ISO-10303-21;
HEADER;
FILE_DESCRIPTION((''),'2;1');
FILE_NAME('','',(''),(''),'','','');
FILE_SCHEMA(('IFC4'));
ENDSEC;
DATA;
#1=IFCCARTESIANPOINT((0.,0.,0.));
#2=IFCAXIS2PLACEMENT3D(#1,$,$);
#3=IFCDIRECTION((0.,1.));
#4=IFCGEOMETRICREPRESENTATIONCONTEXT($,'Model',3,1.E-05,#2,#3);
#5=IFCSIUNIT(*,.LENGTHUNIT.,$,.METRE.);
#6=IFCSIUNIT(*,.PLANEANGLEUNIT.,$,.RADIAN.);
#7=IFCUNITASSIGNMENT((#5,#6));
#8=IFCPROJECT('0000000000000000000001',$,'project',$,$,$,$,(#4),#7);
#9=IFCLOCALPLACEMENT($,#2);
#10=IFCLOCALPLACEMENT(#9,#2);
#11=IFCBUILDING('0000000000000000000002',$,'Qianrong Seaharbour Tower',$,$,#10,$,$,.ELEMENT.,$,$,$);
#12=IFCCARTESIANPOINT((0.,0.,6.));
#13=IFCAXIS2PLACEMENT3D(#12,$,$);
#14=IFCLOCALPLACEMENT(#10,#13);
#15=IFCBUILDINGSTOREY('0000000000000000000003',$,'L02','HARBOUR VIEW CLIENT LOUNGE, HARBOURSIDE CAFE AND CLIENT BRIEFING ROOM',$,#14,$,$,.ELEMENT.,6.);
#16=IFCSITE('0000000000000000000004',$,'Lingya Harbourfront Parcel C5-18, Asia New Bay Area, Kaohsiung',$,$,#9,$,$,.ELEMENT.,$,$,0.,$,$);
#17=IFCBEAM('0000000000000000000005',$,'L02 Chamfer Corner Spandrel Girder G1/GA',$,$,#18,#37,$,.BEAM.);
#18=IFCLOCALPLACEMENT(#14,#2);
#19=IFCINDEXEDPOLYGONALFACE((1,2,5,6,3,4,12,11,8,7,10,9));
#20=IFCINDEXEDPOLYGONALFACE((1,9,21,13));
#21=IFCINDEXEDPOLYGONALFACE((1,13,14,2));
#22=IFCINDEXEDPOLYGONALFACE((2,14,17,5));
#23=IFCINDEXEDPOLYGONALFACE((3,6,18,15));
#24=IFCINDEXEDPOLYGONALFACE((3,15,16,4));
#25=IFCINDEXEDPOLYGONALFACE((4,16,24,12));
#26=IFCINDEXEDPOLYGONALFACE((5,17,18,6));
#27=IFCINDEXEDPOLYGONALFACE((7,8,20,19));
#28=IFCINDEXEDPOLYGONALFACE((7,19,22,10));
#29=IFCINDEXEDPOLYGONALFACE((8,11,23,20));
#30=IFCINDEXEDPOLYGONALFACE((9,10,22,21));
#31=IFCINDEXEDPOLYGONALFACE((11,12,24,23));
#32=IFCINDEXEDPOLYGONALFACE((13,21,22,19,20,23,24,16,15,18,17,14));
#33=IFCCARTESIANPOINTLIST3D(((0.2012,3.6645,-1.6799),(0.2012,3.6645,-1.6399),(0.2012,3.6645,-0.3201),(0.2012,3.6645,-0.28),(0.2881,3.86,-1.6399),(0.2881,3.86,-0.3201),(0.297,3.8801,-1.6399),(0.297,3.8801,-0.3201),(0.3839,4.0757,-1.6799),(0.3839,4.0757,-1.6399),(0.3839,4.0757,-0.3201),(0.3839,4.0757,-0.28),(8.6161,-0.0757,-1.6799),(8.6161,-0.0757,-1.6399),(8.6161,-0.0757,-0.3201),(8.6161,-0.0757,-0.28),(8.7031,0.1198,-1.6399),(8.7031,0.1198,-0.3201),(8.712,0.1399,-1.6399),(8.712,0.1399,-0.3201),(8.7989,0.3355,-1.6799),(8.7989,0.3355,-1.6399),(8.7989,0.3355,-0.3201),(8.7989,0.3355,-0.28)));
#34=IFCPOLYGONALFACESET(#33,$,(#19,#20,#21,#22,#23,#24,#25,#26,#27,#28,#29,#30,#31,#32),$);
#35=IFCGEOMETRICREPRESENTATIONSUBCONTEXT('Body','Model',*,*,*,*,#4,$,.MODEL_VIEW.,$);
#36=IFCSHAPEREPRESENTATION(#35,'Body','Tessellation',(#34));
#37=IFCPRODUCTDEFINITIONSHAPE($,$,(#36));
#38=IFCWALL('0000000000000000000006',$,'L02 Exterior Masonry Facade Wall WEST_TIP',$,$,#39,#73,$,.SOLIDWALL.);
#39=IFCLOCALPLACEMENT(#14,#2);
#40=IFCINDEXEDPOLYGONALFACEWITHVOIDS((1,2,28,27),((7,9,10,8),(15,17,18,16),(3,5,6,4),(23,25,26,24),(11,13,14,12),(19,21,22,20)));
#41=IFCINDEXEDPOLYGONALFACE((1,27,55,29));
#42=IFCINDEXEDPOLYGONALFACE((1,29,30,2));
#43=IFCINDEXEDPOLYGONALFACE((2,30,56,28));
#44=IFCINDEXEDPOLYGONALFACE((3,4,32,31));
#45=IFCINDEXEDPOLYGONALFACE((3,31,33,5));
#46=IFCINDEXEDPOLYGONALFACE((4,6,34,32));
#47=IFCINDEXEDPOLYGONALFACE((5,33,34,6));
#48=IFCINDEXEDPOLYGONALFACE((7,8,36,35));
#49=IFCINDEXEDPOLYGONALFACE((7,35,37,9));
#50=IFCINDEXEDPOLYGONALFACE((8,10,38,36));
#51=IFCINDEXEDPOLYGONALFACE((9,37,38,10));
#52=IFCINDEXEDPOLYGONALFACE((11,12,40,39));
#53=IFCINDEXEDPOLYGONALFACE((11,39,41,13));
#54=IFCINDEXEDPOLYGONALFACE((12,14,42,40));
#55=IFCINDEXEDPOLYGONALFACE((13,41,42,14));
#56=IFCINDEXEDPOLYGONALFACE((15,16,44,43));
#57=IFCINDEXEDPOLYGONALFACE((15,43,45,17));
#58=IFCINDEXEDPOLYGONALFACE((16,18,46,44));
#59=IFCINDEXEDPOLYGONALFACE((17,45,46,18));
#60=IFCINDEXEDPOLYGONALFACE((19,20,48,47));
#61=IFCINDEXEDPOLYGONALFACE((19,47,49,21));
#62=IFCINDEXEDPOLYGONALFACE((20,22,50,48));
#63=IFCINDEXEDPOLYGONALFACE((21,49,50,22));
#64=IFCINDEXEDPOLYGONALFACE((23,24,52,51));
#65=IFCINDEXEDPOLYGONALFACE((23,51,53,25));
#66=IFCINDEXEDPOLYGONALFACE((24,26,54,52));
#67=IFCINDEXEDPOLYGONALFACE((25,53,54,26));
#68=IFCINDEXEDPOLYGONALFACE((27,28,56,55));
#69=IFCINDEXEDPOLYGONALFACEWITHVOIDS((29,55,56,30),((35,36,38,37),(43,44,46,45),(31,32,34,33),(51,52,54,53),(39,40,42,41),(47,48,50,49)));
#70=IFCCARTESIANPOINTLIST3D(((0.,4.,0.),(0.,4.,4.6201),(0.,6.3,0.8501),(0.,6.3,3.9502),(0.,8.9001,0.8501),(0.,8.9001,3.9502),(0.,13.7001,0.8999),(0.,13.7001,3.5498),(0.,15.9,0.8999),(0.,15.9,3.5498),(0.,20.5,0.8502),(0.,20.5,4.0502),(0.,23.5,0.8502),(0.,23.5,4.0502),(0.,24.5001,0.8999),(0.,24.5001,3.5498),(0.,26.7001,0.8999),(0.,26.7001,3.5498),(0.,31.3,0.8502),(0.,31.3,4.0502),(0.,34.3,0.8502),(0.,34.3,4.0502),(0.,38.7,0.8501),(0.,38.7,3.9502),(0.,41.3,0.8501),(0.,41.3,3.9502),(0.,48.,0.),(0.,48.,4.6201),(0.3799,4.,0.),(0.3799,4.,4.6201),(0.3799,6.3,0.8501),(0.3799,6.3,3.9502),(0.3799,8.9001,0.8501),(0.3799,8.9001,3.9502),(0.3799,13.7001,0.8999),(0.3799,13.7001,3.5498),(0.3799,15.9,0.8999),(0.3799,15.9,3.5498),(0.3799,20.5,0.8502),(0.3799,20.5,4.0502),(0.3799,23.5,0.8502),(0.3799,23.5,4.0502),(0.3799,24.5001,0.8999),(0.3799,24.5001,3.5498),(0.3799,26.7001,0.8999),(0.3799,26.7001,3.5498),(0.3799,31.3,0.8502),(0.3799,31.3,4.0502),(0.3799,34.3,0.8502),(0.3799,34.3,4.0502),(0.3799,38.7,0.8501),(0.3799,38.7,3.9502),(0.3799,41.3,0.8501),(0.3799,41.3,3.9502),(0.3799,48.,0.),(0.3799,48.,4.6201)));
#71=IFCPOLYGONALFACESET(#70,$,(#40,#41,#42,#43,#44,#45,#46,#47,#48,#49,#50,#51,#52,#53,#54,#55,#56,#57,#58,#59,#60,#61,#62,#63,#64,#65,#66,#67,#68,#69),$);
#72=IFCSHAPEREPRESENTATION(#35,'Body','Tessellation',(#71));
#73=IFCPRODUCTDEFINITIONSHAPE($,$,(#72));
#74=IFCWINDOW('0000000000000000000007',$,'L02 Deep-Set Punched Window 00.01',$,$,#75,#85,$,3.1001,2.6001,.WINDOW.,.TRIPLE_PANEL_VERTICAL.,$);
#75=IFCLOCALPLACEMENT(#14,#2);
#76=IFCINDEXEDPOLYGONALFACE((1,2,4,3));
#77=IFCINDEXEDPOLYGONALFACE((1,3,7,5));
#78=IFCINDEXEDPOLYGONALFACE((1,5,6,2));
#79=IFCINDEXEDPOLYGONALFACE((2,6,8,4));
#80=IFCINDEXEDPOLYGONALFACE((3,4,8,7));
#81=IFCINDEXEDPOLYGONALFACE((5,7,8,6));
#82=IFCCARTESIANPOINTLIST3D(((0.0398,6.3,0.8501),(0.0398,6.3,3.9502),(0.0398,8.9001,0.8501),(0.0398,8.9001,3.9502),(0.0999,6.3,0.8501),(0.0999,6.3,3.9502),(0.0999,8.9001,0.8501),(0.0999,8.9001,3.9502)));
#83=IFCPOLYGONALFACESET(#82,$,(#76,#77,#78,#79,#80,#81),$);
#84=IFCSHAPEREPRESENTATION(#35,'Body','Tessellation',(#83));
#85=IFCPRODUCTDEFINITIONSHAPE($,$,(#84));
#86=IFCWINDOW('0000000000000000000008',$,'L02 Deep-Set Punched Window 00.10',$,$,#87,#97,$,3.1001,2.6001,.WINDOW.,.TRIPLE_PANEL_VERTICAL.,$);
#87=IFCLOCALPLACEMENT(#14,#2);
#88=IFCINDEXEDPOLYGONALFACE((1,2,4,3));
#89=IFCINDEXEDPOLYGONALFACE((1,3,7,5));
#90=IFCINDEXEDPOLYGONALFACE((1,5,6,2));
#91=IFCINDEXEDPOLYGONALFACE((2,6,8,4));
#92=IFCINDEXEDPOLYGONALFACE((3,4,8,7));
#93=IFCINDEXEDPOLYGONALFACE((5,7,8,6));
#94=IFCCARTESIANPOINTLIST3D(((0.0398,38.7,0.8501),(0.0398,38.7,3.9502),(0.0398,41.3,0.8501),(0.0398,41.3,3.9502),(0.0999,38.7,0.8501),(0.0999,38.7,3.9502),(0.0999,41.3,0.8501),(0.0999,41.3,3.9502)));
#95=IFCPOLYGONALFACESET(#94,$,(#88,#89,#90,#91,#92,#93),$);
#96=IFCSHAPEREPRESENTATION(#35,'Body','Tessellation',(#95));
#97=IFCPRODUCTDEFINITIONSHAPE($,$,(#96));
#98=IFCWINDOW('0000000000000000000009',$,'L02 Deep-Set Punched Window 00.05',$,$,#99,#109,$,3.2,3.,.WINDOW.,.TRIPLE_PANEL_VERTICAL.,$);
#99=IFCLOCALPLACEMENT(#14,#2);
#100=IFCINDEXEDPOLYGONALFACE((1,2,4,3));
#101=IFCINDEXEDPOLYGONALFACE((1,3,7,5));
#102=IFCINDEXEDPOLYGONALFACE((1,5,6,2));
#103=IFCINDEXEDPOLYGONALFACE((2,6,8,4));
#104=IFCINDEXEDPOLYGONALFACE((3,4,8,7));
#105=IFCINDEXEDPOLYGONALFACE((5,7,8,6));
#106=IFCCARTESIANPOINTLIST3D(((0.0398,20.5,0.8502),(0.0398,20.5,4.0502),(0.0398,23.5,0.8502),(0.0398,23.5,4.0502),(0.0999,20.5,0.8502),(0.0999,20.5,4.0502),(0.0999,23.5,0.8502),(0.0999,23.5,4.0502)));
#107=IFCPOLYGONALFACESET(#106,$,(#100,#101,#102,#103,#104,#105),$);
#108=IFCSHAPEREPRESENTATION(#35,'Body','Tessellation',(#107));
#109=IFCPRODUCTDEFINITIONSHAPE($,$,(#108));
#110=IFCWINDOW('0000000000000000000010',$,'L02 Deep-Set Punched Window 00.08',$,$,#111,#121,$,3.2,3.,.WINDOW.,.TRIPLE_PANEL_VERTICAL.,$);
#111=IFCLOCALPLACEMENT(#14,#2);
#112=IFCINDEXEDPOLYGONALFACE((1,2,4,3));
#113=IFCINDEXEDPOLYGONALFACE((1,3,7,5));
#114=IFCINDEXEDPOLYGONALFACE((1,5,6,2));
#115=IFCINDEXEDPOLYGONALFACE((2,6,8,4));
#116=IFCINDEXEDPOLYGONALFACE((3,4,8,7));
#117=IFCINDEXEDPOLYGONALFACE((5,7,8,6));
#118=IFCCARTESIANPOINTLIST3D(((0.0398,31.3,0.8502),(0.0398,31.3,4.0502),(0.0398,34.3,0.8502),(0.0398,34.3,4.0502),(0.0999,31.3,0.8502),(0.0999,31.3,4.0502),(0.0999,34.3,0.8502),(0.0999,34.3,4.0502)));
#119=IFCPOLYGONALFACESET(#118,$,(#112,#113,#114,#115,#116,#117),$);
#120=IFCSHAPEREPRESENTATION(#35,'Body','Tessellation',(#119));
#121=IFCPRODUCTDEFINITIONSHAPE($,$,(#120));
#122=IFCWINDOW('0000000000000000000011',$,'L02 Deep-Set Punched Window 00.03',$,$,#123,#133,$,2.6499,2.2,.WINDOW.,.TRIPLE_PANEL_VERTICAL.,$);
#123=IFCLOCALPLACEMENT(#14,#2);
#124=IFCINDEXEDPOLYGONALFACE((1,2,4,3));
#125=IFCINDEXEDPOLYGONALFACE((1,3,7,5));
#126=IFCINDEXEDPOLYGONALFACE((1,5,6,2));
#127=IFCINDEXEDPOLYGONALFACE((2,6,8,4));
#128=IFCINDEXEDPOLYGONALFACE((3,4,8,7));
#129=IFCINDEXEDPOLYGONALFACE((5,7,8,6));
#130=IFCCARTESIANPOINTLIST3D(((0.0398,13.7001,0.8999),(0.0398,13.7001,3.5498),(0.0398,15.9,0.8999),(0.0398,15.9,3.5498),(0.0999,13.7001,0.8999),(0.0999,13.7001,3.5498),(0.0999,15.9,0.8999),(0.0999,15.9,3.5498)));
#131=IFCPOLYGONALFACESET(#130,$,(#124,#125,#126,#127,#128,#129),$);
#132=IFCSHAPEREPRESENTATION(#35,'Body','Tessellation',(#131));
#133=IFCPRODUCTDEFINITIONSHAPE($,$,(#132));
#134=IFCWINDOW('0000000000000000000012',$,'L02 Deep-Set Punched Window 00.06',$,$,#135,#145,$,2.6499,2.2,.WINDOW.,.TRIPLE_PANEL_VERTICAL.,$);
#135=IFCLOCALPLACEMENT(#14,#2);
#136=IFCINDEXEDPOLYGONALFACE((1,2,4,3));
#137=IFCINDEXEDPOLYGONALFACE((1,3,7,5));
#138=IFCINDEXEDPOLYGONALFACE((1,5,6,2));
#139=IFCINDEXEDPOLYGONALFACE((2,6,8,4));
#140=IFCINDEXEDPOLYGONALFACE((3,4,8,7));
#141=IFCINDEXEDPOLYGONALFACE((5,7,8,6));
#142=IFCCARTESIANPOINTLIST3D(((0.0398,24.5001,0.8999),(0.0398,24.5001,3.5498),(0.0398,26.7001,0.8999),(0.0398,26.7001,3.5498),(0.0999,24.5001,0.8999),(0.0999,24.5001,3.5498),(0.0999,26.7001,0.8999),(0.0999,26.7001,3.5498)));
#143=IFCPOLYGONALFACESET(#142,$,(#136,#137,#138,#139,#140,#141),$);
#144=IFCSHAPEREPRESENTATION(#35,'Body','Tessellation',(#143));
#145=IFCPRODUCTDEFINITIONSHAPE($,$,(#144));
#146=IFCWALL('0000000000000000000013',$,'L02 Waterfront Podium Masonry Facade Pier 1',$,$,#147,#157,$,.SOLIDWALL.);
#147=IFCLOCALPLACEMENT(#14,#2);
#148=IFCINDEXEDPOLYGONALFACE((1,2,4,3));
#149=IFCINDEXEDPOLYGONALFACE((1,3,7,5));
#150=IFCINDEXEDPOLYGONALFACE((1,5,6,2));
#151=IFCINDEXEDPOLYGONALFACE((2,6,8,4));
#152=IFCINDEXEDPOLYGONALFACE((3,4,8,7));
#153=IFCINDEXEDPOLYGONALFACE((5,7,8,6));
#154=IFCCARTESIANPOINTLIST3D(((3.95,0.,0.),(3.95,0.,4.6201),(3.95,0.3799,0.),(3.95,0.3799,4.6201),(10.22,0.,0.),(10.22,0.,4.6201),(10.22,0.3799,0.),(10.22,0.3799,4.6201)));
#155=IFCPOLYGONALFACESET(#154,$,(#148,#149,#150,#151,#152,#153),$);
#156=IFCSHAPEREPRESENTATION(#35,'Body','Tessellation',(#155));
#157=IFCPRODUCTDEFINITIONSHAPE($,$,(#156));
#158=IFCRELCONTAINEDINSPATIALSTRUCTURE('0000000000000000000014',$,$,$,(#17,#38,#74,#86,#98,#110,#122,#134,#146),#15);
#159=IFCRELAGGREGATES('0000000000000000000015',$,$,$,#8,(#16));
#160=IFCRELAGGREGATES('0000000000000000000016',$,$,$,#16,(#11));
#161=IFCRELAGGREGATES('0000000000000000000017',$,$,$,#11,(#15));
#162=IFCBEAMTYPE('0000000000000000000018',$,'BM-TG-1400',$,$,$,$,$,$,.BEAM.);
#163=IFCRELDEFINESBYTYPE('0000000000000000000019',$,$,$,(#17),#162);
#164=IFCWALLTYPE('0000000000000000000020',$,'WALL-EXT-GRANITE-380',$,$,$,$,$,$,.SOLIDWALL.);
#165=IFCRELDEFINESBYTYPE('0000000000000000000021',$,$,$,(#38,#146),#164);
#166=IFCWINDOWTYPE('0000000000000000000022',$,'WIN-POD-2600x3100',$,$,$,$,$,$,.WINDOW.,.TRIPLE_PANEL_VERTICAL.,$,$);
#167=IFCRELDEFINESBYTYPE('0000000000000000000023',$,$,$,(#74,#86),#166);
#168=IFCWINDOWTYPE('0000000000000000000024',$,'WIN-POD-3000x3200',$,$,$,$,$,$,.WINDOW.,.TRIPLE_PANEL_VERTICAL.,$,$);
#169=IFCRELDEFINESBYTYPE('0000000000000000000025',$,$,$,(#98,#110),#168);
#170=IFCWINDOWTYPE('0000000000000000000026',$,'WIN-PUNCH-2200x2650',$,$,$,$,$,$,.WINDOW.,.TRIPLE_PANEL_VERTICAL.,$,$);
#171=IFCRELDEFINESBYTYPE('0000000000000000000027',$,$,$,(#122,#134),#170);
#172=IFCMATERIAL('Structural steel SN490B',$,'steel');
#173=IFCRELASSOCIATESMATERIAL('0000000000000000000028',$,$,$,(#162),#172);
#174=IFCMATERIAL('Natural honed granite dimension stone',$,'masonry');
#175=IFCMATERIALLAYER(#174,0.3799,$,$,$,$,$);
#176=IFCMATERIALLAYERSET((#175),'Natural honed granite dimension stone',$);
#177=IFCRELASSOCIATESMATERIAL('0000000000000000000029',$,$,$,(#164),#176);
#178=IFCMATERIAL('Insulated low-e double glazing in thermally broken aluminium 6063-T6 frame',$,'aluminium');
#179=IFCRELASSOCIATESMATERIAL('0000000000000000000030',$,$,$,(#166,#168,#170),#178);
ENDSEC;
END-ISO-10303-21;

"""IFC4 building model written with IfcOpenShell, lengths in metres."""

from ifc_helpers import new_model, si_unit, direction, frame, frame_2d, origin, origin_2d, place, context, subcontext, project, spatial, rectangle, i_section, extrude, material, layer, layer_set, material_profile, profile_set, type_object, element, fill, save


model = new_model("IFC4")

# Units and contexts
model_context = context("Model", 3, precision=1e-05, world=origin(), true_north=direction((0.0, 1.0)))
body_context = subcontext(model_context, "Body", "Model", "MODEL_VIEW")
ifc_project = project(units=[si_unit("LENGTHUNIT", "METRE"), si_unit("PLANEANGLEUNIT", "RADIAN")], contexts=[model_context])

# Site, building, storey
site_placement = place(None, origin())
site = spatial("IfcSite", under=ifc_project, at=site_placement, Name="Lingya Harbourfront Parcel C5-18, Asia New Bay Area, Kaohsiung", CompositionType="ELEMENT", RefElevation=0.0)
building_placement = place(site_placement, origin())
building = spatial("IfcBuilding", under=site, at=building_placement, Name="Qianrong Seaharbour Tower", CompositionType="ELEMENT")
storey_placement = place(building_placement, frame((0.0, 0.0, 6.0)))
storey = spatial("IfcBuildingStorey", under=building, at=storey_placement, Name="L02", Description="HARBOUR VIEW CLIENT LOUNGE, HARBOURSIDE CAFE AND CLIENT BRIEFING ROOM", CompositionType="ELEMENT", Elevation=6.0)

# Shared definitions
ifc_material_1 = material(Name="Structural steel SN490B", Category="steel")

# Beam
ifc_material_profile_1 = material_profile(ifc_material_1, i_section(OverallWidth=0.45, OverallDepth=1.3999, WebThickness=0.022, FlangeThickness=0.04, at=origin_2d()), Name="BH1400x450x22x40")
ifc_profile_set_1 = profile_set([ifc_material_profile_1], Name="Structural steel SN490B")
beam_type_1 = type_object("IfcBeamType", Name="BM-TG-1400", PredefinedType="BEAM", material=ifc_profile_set_1)
beam_1_placement = place(storey_placement, frame((8.7075, 0.1299, -0.98), z_axis=(-0.913803, 0.406158, 0.0), x_axis=(-0.406158, -0.913803, 0.0)))
element("IfcBeam", 1, at=beam_1_placement, inside=storey, type_object=beam_type_1, Name="L02 Chamfer Corner Spandrel Girder G1/GA", PredefinedType="BEAM", context=body_context, shape_type="SweptSolid", body=[
    extrude(i_section(OverallWidth=0.45, OverallDepth=1.3999, WebThickness=0.022, FlangeThickness=0.04, at=origin_2d()), origin(), (0.0, 0.0, 1.0), 9.2087),
])

# Wall, openings, windows
ifc_material_2 = material(Name="Natural honed granite dimension stone", Category="masonry")
ifc_layer_1 = layer(ifc_material_2, 0.3799)
ifc_layer_set_1 = layer_set([ifc_layer_1], Name="Natural honed granite dimension stone")
wall_type = type_object("IfcWallType", Name="WALL-EXT-GRANITE-380", PredefinedType="SOLIDWALL", material=ifc_layer_set_1)
wall_1_placement = place(storey_placement, frame((0.1899, 4.0, 0.0), z_axis=(0.0, 0.0, 1.0), x_axis=(0.0, 1.0, 0.0)))
wall_1 = element("IfcWall", 2, at=wall_1_placement, inside=storey, type_object=wall_type, Name="L02 Exterior Masonry Facade Wall WEST_TIP", PredefinedType="SOLIDWALL", context=body_context, shape_type="SweptSolid", body=[
    extrude(rectangle(XDim=44.0, YDim=0.3799, at=frame_2d((22.0, 0.0))), origin(), (0.0, 0.0, 1.0), 4.6201),
])
opening_1_placement = place(wall_1_placement, frame((2.3, 0.0, 0.8501)))
opening_1 = element("IfcOpeningElement", 3, at=opening_1_placement, cuts=wall_1, PredefinedType="OPENING", context=body_context, shape_type="SweptSolid", body=[
    extrude(rectangle(XDim=2.6001, YDim=3.1001, at=frame_2d((1.3, 1.55))), frame((0.0, 0.2, 0.0), z_axis=(0.0, -1.0, 0.0), x_axis=(1.0, 0.0, 0.0)), (0.0, 0.0, 1.0), 0.3999),
])
opening_2_placement = place(wall_1_placement, frame((9.7, 0.0, 0.8999)))
opening_2 = element("IfcOpeningElement", 4, at=opening_2_placement, cuts=wall_1, PredefinedType="OPENING", context=body_context, shape_type="SweptSolid", body=[
    extrude(rectangle(XDim=2.2, YDim=2.6499, at=frame_2d((1.1001, 1.325))), frame((0.0, 0.2, 0.0), z_axis=(0.0, -1.0, 0.0), x_axis=(1.0, 0.0, 0.0)), (0.0, 0.0, 1.0), 0.3999),
])
opening_3_placement = place(wall_1_placement, frame((16.5, 0.0, 0.8501)))
opening_3 = element("IfcOpeningElement", 5, at=opening_3_placement, cuts=wall_1, PredefinedType="OPENING", context=body_context, shape_type="SweptSolid", body=[
    extrude(rectangle(XDim=3.0, YDim=3.2, at=frame_2d((1.5, 1.6001))), frame((0.0, 0.2, 0.0), z_axis=(0.0, -1.0, 0.0), x_axis=(1.0, 0.0, 0.0)), (0.0, 0.0, 1.0), 0.3999),
])
opening_4_placement = place(wall_1_placement, frame((20.5, 0.0, 0.8999)))
opening_4 = element("IfcOpeningElement", 6, at=opening_4_placement, cuts=wall_1, PredefinedType="OPENING", context=body_context, shape_type="SweptSolid", body=[
    extrude(rectangle(XDim=2.2, YDim=2.6499, at=frame_2d((1.1001, 1.325))), frame((0.0, 0.2, 0.0), z_axis=(0.0, -1.0, 0.0), x_axis=(1.0, 0.0, 0.0)), (0.0, 0.0, 1.0), 0.3999),
])
opening_5_placement = place(wall_1_placement, frame((27.3, 0.0, 0.8501)))
opening_5 = element("IfcOpeningElement", 7, at=opening_5_placement, cuts=wall_1, PredefinedType="OPENING", context=body_context, shape_type="SweptSolid", body=[
    extrude(rectangle(XDim=3.0, YDim=3.2, at=frame_2d((1.5, 1.6001))), frame((0.0, 0.2, 0.0), z_axis=(0.0, -1.0, 0.0), x_axis=(1.0, 0.0, 0.0)), (0.0, 0.0, 1.0), 0.3999),
])
opening_6_placement = place(wall_1_placement, frame((34.7, 0.0, 0.8501)))
opening_6 = element("IfcOpeningElement", 8, at=opening_6_placement, cuts=wall_1, PredefinedType="OPENING", context=body_context, shape_type="SweptSolid", body=[
    extrude(rectangle(XDim=2.6001, YDim=3.1001, at=frame_2d((1.3, 1.55))), frame((0.0, 0.2, 0.0), z_axis=(0.0, -1.0, 0.0), x_axis=(1.0, 0.0, 0.0)), (0.0, 0.0, 1.0), 0.3999),
])
ifc_material_3 = material(Name="Insulated low-e double glazing in thermally broken aluminium 6063-T6 frame", Category="aluminium")
window_type_1 = type_object("IfcWindowType", Name="WIN-POD-2600x3100", PartitioningType="TRIPLE_PANEL_VERTICAL", PredefinedType="WINDOW", material=ifc_material_3)
window_1_placement = place(opening_1_placement, origin())
window_1 = element("IfcWindow", 9, at=window_1_placement, inside=storey, type_object=window_type_1, Name="L02 Deep-Set Punched Window 00.01", OverallHeight=3.1001, OverallWidth=2.6001, PartitioningType="TRIPLE_PANEL_VERTICAL", PredefinedType="WINDOW", context=body_context, shape_type="SweptSolid", body=[
    extrude(rectangle(XDim=2.6001, YDim=3.1001, at=frame_2d((1.3, 1.55))), frame((0.0, 0.1501, 0.0), z_axis=(0.0, -1.0, 0.0), x_axis=(1.0, 0.0, 0.0)), (0.0, 0.0, 1.0), 0.0601),
])
fill(opening_1, window_1)
window_2_placement = place(opening_6_placement, origin())
window_2 = element("IfcWindow", 10, at=window_2_placement, inside=storey, type_object=window_type_1, Name="L02 Deep-Set Punched Window 00.10", OverallHeight=3.1001, OverallWidth=2.6001, PartitioningType="TRIPLE_PANEL_VERTICAL", PredefinedType="WINDOW", context=body_context, shape_type="SweptSolid", body=[
    extrude(rectangle(XDim=2.6001, YDim=3.1001, at=frame_2d((1.3, 1.55))), frame((0.0, 0.1501, 0.0), z_axis=(0.0, -1.0, 0.0), x_axis=(1.0, 0.0, 0.0)), (0.0, 0.0, 1.0), 0.0601),
])
fill(opening_6, window_2)
window_type_2 = type_object("IfcWindowType", Name="WIN-POD-3000x3200", PartitioningType="TRIPLE_PANEL_VERTICAL", PredefinedType="WINDOW", material=ifc_material_3)
window_3_placement = place(opening_3_placement, origin())
window_3 = element("IfcWindow", 11, at=window_3_placement, inside=storey, type_object=window_type_2, Name="L02 Deep-Set Punched Window 00.05", OverallHeight=3.2, OverallWidth=3.0, PartitioningType="TRIPLE_PANEL_VERTICAL", PredefinedType="WINDOW", context=body_context, shape_type="SweptSolid", body=[
    extrude(rectangle(XDim=3.0, YDim=3.2, at=frame_2d((1.5, 1.6001))), frame((0.0, 0.1501, 0.0), z_axis=(0.0, -1.0, 0.0), x_axis=(1.0, 0.0, 0.0)), (0.0, 0.0, 1.0), 0.0601),
])
fill(opening_3, window_3)
window_4_placement = place(opening_5_placement, origin())
window_4 = element("IfcWindow", 12, at=window_4_placement, inside=storey, type_object=window_type_2, Name="L02 Deep-Set Punched Window 00.08", OverallHeight=3.2, OverallWidth=3.0, PartitioningType="TRIPLE_PANEL_VERTICAL", PredefinedType="WINDOW", context=body_context, shape_type="SweptSolid", body=[
    extrude(rectangle(XDim=3.0, YDim=3.2, at=frame_2d((1.5, 1.6001))), frame((0.0, 0.1501, 0.0), z_axis=(0.0, -1.0, 0.0), x_axis=(1.0, 0.0, 0.0)), (0.0, 0.0, 1.0), 0.0601),
])
fill(opening_5, window_4)
window_type_3 = type_object("IfcWindowType", Name="WIN-PUNCH-2200x2650", PartitioningType="TRIPLE_PANEL_VERTICAL", PredefinedType="WINDOW", material=ifc_material_3)
window_5_placement = place(opening_2_placement, origin())
window_5 = element("IfcWindow", 13, at=window_5_placement, inside=storey, type_object=window_type_3, Name="L02 Deep-Set Punched Window 00.03", OverallHeight=2.6499, OverallWidth=2.2, PartitioningType="TRIPLE_PANEL_VERTICAL", PredefinedType="WINDOW", context=body_context, shape_type="SweptSolid", body=[
    extrude(rectangle(XDim=2.2, YDim=2.6499, at=frame_2d((1.1001, 1.325))), frame((0.0, 0.1501, 0.0), z_axis=(0.0, -1.0, 0.0), x_axis=(1.0, 0.0, 0.0)), (0.0, 0.0, 1.0), 0.0601),
])
fill(opening_2, window_5)
window_6_placement = place(opening_4_placement, origin())
window_6 = element("IfcWindow", 14, at=window_6_placement, inside=storey, type_object=window_type_3, Name="L02 Deep-Set Punched Window 00.06", OverallHeight=2.6499, OverallWidth=2.2, PartitioningType="TRIPLE_PANEL_VERTICAL", PredefinedType="WINDOW", context=body_context, shape_type="SweptSolid", body=[
    extrude(rectangle(XDim=2.2, YDim=2.6499, at=frame_2d((1.1001, 1.325))), frame((0.0, 0.1501, 0.0), z_axis=(0.0, -1.0, 0.0), x_axis=(1.0, 0.0, 0.0)), (0.0, 0.0, 1.0), 0.0601),
])
fill(opening_4, window_6)

# Wall
wall_2_placement = place(storey_placement, frame((10.22, 0.1899, 0.0), z_axis=(0.0, 0.0, 1.0), x_axis=(-1.0, 0.0, 0.0)))
element("IfcWall", 15, at=wall_2_placement, inside=storey, type_object=wall_type, Name="L02 Waterfront Podium Masonry Facade Pier 1", PredefinedType="SOLIDWALL", context=body_context, shape_type="SweptSolid", body=[
    extrude(rectangle(XDim=6.27, YDim=0.3799, at=frame_2d((3.135, 0.0))), origin(), (0.0, 0.0, 1.0), 4.6201),
])

save(model, "model.ifc")
